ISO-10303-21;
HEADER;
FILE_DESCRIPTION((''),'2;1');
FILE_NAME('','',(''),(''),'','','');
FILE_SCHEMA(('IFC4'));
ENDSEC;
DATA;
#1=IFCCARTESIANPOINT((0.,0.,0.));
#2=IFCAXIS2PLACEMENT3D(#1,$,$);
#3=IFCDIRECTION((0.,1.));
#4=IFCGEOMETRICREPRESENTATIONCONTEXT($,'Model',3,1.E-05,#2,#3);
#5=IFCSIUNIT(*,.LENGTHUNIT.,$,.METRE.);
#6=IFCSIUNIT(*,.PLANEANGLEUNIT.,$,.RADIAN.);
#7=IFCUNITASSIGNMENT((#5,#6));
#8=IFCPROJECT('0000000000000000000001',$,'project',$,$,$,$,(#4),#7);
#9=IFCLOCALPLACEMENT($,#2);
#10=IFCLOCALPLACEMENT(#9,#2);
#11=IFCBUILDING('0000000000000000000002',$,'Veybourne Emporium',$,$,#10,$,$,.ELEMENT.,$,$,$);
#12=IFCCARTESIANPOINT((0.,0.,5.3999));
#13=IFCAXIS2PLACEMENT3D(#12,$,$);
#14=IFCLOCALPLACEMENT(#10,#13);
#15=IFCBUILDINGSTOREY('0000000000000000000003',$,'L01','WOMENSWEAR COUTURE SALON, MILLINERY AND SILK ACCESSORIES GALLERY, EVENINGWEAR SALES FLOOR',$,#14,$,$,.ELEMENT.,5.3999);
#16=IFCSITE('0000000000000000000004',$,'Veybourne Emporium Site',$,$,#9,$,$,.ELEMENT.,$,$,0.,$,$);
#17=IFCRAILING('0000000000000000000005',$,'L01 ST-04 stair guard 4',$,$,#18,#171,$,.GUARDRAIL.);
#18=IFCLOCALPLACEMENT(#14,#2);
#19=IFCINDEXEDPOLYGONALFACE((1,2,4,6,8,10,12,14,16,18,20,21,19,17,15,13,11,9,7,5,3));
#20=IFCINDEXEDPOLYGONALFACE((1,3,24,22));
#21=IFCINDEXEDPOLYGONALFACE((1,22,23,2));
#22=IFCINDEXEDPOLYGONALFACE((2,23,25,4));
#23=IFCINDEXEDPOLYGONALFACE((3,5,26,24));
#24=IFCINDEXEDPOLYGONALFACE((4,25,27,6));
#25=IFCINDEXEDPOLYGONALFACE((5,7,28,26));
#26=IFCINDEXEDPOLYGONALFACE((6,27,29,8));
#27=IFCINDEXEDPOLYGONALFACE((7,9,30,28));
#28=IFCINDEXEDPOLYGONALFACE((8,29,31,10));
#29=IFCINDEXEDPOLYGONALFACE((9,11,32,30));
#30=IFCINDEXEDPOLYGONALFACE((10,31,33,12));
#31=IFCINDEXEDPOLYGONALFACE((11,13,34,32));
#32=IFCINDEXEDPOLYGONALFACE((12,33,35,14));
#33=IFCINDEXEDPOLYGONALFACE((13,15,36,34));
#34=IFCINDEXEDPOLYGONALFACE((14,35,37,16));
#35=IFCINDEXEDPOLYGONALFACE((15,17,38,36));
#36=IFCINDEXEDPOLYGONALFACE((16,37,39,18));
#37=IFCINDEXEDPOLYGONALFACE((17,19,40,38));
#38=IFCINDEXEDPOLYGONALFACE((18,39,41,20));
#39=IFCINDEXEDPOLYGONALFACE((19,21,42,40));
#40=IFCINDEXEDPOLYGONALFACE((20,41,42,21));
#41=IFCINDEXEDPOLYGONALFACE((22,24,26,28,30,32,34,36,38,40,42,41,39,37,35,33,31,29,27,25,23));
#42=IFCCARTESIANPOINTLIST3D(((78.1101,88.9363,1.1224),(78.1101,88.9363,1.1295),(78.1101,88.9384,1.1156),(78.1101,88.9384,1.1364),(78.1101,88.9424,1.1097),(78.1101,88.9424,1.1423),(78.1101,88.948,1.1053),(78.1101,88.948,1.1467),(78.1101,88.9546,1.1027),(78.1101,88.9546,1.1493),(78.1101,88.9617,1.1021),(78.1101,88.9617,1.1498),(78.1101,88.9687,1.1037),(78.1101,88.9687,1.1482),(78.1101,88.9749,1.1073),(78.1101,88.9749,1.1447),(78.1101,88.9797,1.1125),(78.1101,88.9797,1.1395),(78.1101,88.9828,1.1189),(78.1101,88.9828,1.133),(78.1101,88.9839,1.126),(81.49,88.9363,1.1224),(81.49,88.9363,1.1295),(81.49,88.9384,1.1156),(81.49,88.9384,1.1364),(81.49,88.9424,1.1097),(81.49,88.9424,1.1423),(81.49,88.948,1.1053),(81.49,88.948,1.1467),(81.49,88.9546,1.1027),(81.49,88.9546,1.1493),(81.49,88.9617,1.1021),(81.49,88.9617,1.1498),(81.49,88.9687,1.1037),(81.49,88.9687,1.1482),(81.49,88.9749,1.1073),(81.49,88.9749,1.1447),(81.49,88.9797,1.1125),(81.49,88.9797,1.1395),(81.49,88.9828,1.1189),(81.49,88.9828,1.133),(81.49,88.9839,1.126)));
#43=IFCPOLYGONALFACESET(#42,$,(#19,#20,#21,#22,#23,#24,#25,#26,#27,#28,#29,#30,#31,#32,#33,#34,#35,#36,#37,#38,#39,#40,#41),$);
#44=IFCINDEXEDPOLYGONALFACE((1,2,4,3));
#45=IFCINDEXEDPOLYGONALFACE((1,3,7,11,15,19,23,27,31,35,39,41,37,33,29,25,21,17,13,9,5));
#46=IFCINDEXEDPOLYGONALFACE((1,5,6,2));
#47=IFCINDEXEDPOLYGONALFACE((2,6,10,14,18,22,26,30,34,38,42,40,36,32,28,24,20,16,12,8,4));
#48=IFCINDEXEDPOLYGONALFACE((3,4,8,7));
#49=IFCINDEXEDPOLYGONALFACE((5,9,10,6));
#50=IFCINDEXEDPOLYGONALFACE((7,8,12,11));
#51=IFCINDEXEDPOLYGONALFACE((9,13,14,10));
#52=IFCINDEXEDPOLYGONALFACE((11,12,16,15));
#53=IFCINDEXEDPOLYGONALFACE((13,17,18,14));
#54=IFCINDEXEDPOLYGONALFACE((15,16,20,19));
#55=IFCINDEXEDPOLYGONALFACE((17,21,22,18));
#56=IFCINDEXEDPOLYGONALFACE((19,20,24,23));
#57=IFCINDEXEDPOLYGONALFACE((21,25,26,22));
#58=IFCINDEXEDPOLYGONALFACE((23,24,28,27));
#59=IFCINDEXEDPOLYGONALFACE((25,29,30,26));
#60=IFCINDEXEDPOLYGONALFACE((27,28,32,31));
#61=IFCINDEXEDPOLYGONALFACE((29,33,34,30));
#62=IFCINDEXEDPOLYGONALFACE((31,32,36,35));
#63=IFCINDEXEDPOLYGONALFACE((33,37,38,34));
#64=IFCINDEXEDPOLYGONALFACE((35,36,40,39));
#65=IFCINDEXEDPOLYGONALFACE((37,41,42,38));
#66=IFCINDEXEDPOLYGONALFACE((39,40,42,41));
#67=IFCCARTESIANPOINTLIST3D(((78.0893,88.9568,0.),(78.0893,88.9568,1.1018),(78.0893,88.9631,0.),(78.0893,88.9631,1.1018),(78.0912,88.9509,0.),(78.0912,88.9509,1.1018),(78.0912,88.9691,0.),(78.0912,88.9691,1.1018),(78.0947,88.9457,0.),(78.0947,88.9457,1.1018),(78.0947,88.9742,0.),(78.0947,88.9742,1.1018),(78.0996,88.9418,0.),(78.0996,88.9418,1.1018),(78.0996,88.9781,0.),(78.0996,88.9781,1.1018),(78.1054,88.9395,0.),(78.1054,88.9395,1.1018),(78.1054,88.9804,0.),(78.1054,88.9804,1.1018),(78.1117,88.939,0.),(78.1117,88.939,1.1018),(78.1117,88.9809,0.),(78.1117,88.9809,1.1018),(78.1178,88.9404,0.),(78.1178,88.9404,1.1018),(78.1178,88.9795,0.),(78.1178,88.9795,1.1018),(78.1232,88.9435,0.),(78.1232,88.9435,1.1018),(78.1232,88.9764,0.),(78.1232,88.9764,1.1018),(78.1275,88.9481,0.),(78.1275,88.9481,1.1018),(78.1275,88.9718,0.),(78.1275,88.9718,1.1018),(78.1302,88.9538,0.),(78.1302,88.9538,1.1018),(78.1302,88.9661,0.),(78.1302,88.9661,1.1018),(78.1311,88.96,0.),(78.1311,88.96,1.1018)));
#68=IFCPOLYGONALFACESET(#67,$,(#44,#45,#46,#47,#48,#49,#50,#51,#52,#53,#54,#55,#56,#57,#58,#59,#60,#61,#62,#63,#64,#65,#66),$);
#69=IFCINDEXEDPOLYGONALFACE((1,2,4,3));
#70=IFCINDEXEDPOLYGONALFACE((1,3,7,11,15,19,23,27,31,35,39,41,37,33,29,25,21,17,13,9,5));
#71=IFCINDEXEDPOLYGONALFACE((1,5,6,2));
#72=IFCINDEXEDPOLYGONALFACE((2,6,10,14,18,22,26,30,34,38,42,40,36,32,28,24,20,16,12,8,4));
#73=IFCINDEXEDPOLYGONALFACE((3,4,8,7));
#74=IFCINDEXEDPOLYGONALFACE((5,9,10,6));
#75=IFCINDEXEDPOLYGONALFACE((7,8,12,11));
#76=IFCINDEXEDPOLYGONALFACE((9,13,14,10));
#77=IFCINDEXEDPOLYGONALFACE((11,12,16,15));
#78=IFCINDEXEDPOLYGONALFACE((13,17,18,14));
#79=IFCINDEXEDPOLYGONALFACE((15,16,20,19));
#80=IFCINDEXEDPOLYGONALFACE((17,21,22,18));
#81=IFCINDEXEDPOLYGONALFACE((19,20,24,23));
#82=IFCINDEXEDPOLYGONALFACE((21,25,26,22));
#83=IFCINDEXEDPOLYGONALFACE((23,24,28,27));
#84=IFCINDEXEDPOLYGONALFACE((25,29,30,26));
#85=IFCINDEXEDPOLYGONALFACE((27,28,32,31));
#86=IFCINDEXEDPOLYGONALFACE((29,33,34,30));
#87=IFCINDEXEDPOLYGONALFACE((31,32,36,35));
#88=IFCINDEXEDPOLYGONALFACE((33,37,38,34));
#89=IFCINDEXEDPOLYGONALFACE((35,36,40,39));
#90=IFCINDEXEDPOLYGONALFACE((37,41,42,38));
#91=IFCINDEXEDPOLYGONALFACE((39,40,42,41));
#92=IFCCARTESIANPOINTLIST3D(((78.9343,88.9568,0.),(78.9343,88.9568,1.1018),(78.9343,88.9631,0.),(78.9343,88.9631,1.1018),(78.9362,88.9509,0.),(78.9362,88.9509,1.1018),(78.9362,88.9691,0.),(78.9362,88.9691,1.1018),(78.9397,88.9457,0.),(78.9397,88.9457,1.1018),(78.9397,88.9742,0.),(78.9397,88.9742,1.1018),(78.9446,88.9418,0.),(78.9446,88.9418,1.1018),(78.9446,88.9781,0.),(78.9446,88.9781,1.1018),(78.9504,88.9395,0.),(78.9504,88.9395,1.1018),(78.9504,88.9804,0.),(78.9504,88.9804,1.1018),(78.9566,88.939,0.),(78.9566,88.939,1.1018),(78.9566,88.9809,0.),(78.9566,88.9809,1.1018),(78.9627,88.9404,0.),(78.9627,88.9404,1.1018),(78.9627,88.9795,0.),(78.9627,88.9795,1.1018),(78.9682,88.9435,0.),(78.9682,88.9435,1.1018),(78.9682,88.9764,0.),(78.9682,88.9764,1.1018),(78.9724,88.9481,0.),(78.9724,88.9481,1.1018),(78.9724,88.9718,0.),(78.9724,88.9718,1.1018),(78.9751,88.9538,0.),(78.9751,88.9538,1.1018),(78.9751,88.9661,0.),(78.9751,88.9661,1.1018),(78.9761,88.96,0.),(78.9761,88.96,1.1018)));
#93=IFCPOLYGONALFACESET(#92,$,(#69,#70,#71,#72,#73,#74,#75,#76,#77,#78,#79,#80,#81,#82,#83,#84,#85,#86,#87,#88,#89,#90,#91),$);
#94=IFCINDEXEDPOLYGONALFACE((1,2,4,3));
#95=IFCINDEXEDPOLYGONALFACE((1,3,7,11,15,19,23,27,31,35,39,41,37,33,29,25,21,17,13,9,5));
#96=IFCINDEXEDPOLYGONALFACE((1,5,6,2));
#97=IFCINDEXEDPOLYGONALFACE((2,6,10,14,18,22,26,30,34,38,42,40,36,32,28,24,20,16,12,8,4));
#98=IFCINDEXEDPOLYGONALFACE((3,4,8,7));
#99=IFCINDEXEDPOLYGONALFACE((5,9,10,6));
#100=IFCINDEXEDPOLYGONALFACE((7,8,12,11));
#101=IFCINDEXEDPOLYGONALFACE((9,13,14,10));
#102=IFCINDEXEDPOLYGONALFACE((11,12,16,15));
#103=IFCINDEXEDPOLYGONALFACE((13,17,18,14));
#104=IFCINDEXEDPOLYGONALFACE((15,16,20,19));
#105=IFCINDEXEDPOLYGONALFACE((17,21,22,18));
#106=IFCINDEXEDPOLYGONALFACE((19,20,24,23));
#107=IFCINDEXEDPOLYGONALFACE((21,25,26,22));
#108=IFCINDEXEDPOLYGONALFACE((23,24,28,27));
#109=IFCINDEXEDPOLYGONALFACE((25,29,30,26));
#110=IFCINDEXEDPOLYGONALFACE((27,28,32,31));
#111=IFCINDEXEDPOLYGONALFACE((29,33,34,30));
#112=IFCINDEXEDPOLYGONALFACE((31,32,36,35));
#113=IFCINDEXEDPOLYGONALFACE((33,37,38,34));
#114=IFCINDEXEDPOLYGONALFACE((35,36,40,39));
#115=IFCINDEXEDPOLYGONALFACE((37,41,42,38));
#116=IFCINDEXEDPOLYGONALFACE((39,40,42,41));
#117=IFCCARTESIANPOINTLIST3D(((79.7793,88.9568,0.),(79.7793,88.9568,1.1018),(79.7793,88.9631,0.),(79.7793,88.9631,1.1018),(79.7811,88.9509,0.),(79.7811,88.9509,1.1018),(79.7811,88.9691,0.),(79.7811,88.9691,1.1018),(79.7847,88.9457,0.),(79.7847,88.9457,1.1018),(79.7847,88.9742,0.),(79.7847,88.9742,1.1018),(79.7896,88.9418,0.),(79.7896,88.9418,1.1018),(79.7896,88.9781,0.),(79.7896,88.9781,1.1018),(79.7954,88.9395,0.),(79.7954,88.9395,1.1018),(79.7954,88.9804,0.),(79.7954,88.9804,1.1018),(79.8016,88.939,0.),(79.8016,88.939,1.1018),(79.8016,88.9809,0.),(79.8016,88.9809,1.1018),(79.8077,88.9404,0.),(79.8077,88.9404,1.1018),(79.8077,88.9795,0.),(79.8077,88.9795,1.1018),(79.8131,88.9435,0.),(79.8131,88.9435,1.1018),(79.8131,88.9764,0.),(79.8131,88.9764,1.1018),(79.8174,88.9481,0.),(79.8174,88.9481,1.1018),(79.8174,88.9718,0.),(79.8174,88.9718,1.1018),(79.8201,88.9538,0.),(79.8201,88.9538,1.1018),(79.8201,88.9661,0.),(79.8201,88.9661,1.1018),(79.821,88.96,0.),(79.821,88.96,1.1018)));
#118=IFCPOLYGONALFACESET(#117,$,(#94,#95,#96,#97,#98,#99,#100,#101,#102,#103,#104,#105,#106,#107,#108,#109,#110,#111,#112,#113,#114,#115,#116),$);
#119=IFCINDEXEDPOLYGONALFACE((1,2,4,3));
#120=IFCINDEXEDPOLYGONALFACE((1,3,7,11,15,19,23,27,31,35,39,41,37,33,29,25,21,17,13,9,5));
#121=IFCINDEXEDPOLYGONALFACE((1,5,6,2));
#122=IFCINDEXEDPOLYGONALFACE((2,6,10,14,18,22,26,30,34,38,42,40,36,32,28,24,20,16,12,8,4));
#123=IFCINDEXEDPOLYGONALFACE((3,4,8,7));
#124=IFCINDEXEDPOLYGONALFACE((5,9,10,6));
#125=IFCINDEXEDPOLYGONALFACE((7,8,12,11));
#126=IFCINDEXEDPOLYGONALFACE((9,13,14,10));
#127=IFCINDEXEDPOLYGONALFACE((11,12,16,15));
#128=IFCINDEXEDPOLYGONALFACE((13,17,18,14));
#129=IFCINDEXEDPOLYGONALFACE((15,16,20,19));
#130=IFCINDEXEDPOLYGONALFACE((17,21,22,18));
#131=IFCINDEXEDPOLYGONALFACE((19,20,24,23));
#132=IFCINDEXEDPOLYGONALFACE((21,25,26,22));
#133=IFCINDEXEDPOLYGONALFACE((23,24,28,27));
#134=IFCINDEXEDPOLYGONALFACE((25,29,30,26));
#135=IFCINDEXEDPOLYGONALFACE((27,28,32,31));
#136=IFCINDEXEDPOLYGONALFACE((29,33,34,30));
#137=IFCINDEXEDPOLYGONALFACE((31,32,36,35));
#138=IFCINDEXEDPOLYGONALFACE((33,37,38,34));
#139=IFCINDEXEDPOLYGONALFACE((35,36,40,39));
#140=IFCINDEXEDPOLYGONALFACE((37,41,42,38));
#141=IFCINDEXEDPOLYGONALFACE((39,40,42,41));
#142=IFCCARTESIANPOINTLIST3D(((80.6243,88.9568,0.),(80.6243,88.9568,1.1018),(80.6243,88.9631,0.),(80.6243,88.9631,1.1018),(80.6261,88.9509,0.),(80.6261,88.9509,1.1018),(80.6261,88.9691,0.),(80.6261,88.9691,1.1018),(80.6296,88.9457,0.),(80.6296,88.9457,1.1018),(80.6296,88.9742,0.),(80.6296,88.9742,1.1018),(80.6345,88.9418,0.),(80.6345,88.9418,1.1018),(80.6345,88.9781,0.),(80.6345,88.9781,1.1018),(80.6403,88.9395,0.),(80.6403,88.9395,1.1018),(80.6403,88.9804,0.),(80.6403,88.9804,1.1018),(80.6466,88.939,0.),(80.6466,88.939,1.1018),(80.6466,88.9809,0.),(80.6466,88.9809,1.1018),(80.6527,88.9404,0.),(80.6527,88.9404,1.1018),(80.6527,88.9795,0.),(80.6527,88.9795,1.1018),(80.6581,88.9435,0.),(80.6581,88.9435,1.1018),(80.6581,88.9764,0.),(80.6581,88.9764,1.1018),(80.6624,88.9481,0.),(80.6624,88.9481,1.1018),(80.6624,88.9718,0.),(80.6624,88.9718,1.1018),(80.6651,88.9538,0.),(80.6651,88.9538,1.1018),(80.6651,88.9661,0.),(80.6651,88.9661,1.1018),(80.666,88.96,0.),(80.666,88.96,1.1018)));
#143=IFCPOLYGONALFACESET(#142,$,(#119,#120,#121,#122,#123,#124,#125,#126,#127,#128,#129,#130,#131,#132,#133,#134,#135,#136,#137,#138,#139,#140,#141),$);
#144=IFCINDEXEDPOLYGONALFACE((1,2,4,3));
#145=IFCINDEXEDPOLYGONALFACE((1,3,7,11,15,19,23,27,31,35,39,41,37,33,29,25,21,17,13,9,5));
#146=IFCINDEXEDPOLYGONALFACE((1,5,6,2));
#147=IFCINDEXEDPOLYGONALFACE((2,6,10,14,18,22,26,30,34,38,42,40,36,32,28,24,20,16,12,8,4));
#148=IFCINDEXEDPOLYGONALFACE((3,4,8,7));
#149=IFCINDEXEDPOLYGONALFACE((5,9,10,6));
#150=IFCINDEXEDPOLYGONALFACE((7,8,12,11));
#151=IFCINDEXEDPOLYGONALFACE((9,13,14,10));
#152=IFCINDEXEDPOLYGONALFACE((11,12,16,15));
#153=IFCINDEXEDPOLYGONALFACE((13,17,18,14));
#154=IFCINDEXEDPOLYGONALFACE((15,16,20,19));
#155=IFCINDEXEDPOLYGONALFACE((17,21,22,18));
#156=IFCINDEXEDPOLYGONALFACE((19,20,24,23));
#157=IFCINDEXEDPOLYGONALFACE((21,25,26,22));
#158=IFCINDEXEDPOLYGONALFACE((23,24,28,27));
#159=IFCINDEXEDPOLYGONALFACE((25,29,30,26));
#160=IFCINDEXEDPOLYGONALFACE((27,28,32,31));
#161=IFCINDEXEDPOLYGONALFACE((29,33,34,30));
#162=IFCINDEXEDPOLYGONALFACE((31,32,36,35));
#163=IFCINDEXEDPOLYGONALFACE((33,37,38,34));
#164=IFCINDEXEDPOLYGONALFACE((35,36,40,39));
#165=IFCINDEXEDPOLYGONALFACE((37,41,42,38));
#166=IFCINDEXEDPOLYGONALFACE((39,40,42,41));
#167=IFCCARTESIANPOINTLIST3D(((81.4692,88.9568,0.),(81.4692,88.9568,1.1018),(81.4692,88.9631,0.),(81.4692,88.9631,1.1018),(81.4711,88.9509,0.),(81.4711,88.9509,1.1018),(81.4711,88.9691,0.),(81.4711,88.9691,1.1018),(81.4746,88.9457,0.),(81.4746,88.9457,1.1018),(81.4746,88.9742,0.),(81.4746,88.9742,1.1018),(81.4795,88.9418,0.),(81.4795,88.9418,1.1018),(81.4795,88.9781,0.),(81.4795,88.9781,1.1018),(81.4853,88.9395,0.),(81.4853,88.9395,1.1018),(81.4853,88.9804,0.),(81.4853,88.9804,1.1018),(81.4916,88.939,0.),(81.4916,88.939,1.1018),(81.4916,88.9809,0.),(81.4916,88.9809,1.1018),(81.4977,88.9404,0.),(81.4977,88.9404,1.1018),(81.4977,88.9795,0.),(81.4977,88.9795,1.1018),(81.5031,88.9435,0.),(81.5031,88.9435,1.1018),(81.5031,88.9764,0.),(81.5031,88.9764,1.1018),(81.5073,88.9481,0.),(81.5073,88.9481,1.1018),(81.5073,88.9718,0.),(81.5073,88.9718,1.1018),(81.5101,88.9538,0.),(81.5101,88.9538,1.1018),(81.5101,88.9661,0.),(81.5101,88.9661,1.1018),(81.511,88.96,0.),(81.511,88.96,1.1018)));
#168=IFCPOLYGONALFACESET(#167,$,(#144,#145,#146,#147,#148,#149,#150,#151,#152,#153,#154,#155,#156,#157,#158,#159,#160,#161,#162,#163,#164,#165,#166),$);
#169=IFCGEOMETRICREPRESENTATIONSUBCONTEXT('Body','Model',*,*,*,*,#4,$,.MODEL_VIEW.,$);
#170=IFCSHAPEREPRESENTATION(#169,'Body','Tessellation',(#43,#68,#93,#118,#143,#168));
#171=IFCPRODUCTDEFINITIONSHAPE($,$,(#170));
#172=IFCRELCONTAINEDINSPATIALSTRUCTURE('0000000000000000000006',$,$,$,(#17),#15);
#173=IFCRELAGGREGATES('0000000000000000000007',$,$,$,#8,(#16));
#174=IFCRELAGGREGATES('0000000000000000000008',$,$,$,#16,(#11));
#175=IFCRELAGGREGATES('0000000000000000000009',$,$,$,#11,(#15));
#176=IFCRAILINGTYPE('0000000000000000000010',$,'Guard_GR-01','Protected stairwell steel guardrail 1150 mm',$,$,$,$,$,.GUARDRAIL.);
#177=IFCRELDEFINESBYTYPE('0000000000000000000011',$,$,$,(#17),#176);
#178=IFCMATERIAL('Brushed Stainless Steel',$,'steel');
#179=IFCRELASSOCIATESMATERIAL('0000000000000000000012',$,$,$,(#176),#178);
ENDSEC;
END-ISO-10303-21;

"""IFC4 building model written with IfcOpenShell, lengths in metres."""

from ifc_helpers import new_model, si_unit, direction, frame, origin, origin_2d, place, context, subcontext, project, spatial, circle, extrude, material, type_object, element, save


model = new_model("IFC4")

# Units and contexts
model_context = context("Model", 3, precision=1e-05, world=origin(), true_north=direction((0.0, 1.0)))
body_context = subcontext(model_context, "Body", "Model", "MODEL_VIEW")
ifc_project = project(units=[si_unit("LENGTHUNIT", "METRE"), si_unit("PLANEANGLEUNIT", "RADIAN")], contexts=[model_context])

# Site, building, storey
site_placement = place(None, origin())
site = spatial("IfcSite", under=ifc_project, at=site_placement, Name="Veybourne Emporium Site", CompositionType="ELEMENT", RefElevation=0.0)
building_placement = place(site_placement, origin())
building = spatial("IfcBuilding", under=site, at=building_placement, Name="Veybourne Emporium", CompositionType="ELEMENT")
storey_placement = place(building_placement, frame((0.0, 0.0, 5.3999)))
storey = spatial("IfcBuildingStorey", under=building, at=storey_placement, Name="L01", Description="WOMENSWEAR COUTURE SALON, MILLINERY AND SILK ACCESSORIES GALLERY, EVENINGWEAR SALES FLOOR", CompositionType="ELEMENT", Elevation=5.3999)

# Railing
ifc_material_1 = material(Name="Brushed Stainless Steel", Category="steel")
railing_type_1 = type_object("IfcRailingType", Name="Guard_GR-01", Description="Protected stairwell steel guardrail 1150 mm", PredefinedType="GUARDRAIL", material=ifc_material_1)
railing_1_placement = place(storey_placement, frame((78.1101, 88.96, 0.0)))
element("IfcRailing", 1, at=railing_1_placement, inside=storey, type_object=railing_type_1, Name="L01 ST-04 stair guard 4", PredefinedType="GUARDRAIL", context=body_context, shape_type="SweptSolid", body=[
    extrude(circle(Radius=0.0239, at=origin_2d()), frame((0.0, 0.0, 1.126), z_axis=(1.0, 0.0, 0.0), x_axis=(0.0, 1.0, 0.0)), (0.0, 0.0, 1.0), 3.3799),
    extrude(circle(Radius=0.021, at=origin_2d()), origin(), (0.0, 0.0, 1.0), 1.1018),
    extrude(circle(Radius=0.021, at=origin_2d()), frame((0.845, 0.0, 0.0)), (0.0, 0.0, 1.0), 1.1018),
    extrude(circle(Radius=0.021, at=origin_2d()), frame((1.6899, 0.0, 0.0)), (0.0, 0.0, 1.0), 1.1018),
    extrude(circle(Radius=0.021, at=origin_2d()), frame((2.5349, 0.0, 0.0)), (0.0, 0.0, 1.0), 1.1018),
    extrude(circle(Radius=0.021, at=origin_2d()), frame((3.3799, 0.0, 0.0)), (0.0, 0.0, 1.0), 1.1018),
])

save(model, "model.ifc")
